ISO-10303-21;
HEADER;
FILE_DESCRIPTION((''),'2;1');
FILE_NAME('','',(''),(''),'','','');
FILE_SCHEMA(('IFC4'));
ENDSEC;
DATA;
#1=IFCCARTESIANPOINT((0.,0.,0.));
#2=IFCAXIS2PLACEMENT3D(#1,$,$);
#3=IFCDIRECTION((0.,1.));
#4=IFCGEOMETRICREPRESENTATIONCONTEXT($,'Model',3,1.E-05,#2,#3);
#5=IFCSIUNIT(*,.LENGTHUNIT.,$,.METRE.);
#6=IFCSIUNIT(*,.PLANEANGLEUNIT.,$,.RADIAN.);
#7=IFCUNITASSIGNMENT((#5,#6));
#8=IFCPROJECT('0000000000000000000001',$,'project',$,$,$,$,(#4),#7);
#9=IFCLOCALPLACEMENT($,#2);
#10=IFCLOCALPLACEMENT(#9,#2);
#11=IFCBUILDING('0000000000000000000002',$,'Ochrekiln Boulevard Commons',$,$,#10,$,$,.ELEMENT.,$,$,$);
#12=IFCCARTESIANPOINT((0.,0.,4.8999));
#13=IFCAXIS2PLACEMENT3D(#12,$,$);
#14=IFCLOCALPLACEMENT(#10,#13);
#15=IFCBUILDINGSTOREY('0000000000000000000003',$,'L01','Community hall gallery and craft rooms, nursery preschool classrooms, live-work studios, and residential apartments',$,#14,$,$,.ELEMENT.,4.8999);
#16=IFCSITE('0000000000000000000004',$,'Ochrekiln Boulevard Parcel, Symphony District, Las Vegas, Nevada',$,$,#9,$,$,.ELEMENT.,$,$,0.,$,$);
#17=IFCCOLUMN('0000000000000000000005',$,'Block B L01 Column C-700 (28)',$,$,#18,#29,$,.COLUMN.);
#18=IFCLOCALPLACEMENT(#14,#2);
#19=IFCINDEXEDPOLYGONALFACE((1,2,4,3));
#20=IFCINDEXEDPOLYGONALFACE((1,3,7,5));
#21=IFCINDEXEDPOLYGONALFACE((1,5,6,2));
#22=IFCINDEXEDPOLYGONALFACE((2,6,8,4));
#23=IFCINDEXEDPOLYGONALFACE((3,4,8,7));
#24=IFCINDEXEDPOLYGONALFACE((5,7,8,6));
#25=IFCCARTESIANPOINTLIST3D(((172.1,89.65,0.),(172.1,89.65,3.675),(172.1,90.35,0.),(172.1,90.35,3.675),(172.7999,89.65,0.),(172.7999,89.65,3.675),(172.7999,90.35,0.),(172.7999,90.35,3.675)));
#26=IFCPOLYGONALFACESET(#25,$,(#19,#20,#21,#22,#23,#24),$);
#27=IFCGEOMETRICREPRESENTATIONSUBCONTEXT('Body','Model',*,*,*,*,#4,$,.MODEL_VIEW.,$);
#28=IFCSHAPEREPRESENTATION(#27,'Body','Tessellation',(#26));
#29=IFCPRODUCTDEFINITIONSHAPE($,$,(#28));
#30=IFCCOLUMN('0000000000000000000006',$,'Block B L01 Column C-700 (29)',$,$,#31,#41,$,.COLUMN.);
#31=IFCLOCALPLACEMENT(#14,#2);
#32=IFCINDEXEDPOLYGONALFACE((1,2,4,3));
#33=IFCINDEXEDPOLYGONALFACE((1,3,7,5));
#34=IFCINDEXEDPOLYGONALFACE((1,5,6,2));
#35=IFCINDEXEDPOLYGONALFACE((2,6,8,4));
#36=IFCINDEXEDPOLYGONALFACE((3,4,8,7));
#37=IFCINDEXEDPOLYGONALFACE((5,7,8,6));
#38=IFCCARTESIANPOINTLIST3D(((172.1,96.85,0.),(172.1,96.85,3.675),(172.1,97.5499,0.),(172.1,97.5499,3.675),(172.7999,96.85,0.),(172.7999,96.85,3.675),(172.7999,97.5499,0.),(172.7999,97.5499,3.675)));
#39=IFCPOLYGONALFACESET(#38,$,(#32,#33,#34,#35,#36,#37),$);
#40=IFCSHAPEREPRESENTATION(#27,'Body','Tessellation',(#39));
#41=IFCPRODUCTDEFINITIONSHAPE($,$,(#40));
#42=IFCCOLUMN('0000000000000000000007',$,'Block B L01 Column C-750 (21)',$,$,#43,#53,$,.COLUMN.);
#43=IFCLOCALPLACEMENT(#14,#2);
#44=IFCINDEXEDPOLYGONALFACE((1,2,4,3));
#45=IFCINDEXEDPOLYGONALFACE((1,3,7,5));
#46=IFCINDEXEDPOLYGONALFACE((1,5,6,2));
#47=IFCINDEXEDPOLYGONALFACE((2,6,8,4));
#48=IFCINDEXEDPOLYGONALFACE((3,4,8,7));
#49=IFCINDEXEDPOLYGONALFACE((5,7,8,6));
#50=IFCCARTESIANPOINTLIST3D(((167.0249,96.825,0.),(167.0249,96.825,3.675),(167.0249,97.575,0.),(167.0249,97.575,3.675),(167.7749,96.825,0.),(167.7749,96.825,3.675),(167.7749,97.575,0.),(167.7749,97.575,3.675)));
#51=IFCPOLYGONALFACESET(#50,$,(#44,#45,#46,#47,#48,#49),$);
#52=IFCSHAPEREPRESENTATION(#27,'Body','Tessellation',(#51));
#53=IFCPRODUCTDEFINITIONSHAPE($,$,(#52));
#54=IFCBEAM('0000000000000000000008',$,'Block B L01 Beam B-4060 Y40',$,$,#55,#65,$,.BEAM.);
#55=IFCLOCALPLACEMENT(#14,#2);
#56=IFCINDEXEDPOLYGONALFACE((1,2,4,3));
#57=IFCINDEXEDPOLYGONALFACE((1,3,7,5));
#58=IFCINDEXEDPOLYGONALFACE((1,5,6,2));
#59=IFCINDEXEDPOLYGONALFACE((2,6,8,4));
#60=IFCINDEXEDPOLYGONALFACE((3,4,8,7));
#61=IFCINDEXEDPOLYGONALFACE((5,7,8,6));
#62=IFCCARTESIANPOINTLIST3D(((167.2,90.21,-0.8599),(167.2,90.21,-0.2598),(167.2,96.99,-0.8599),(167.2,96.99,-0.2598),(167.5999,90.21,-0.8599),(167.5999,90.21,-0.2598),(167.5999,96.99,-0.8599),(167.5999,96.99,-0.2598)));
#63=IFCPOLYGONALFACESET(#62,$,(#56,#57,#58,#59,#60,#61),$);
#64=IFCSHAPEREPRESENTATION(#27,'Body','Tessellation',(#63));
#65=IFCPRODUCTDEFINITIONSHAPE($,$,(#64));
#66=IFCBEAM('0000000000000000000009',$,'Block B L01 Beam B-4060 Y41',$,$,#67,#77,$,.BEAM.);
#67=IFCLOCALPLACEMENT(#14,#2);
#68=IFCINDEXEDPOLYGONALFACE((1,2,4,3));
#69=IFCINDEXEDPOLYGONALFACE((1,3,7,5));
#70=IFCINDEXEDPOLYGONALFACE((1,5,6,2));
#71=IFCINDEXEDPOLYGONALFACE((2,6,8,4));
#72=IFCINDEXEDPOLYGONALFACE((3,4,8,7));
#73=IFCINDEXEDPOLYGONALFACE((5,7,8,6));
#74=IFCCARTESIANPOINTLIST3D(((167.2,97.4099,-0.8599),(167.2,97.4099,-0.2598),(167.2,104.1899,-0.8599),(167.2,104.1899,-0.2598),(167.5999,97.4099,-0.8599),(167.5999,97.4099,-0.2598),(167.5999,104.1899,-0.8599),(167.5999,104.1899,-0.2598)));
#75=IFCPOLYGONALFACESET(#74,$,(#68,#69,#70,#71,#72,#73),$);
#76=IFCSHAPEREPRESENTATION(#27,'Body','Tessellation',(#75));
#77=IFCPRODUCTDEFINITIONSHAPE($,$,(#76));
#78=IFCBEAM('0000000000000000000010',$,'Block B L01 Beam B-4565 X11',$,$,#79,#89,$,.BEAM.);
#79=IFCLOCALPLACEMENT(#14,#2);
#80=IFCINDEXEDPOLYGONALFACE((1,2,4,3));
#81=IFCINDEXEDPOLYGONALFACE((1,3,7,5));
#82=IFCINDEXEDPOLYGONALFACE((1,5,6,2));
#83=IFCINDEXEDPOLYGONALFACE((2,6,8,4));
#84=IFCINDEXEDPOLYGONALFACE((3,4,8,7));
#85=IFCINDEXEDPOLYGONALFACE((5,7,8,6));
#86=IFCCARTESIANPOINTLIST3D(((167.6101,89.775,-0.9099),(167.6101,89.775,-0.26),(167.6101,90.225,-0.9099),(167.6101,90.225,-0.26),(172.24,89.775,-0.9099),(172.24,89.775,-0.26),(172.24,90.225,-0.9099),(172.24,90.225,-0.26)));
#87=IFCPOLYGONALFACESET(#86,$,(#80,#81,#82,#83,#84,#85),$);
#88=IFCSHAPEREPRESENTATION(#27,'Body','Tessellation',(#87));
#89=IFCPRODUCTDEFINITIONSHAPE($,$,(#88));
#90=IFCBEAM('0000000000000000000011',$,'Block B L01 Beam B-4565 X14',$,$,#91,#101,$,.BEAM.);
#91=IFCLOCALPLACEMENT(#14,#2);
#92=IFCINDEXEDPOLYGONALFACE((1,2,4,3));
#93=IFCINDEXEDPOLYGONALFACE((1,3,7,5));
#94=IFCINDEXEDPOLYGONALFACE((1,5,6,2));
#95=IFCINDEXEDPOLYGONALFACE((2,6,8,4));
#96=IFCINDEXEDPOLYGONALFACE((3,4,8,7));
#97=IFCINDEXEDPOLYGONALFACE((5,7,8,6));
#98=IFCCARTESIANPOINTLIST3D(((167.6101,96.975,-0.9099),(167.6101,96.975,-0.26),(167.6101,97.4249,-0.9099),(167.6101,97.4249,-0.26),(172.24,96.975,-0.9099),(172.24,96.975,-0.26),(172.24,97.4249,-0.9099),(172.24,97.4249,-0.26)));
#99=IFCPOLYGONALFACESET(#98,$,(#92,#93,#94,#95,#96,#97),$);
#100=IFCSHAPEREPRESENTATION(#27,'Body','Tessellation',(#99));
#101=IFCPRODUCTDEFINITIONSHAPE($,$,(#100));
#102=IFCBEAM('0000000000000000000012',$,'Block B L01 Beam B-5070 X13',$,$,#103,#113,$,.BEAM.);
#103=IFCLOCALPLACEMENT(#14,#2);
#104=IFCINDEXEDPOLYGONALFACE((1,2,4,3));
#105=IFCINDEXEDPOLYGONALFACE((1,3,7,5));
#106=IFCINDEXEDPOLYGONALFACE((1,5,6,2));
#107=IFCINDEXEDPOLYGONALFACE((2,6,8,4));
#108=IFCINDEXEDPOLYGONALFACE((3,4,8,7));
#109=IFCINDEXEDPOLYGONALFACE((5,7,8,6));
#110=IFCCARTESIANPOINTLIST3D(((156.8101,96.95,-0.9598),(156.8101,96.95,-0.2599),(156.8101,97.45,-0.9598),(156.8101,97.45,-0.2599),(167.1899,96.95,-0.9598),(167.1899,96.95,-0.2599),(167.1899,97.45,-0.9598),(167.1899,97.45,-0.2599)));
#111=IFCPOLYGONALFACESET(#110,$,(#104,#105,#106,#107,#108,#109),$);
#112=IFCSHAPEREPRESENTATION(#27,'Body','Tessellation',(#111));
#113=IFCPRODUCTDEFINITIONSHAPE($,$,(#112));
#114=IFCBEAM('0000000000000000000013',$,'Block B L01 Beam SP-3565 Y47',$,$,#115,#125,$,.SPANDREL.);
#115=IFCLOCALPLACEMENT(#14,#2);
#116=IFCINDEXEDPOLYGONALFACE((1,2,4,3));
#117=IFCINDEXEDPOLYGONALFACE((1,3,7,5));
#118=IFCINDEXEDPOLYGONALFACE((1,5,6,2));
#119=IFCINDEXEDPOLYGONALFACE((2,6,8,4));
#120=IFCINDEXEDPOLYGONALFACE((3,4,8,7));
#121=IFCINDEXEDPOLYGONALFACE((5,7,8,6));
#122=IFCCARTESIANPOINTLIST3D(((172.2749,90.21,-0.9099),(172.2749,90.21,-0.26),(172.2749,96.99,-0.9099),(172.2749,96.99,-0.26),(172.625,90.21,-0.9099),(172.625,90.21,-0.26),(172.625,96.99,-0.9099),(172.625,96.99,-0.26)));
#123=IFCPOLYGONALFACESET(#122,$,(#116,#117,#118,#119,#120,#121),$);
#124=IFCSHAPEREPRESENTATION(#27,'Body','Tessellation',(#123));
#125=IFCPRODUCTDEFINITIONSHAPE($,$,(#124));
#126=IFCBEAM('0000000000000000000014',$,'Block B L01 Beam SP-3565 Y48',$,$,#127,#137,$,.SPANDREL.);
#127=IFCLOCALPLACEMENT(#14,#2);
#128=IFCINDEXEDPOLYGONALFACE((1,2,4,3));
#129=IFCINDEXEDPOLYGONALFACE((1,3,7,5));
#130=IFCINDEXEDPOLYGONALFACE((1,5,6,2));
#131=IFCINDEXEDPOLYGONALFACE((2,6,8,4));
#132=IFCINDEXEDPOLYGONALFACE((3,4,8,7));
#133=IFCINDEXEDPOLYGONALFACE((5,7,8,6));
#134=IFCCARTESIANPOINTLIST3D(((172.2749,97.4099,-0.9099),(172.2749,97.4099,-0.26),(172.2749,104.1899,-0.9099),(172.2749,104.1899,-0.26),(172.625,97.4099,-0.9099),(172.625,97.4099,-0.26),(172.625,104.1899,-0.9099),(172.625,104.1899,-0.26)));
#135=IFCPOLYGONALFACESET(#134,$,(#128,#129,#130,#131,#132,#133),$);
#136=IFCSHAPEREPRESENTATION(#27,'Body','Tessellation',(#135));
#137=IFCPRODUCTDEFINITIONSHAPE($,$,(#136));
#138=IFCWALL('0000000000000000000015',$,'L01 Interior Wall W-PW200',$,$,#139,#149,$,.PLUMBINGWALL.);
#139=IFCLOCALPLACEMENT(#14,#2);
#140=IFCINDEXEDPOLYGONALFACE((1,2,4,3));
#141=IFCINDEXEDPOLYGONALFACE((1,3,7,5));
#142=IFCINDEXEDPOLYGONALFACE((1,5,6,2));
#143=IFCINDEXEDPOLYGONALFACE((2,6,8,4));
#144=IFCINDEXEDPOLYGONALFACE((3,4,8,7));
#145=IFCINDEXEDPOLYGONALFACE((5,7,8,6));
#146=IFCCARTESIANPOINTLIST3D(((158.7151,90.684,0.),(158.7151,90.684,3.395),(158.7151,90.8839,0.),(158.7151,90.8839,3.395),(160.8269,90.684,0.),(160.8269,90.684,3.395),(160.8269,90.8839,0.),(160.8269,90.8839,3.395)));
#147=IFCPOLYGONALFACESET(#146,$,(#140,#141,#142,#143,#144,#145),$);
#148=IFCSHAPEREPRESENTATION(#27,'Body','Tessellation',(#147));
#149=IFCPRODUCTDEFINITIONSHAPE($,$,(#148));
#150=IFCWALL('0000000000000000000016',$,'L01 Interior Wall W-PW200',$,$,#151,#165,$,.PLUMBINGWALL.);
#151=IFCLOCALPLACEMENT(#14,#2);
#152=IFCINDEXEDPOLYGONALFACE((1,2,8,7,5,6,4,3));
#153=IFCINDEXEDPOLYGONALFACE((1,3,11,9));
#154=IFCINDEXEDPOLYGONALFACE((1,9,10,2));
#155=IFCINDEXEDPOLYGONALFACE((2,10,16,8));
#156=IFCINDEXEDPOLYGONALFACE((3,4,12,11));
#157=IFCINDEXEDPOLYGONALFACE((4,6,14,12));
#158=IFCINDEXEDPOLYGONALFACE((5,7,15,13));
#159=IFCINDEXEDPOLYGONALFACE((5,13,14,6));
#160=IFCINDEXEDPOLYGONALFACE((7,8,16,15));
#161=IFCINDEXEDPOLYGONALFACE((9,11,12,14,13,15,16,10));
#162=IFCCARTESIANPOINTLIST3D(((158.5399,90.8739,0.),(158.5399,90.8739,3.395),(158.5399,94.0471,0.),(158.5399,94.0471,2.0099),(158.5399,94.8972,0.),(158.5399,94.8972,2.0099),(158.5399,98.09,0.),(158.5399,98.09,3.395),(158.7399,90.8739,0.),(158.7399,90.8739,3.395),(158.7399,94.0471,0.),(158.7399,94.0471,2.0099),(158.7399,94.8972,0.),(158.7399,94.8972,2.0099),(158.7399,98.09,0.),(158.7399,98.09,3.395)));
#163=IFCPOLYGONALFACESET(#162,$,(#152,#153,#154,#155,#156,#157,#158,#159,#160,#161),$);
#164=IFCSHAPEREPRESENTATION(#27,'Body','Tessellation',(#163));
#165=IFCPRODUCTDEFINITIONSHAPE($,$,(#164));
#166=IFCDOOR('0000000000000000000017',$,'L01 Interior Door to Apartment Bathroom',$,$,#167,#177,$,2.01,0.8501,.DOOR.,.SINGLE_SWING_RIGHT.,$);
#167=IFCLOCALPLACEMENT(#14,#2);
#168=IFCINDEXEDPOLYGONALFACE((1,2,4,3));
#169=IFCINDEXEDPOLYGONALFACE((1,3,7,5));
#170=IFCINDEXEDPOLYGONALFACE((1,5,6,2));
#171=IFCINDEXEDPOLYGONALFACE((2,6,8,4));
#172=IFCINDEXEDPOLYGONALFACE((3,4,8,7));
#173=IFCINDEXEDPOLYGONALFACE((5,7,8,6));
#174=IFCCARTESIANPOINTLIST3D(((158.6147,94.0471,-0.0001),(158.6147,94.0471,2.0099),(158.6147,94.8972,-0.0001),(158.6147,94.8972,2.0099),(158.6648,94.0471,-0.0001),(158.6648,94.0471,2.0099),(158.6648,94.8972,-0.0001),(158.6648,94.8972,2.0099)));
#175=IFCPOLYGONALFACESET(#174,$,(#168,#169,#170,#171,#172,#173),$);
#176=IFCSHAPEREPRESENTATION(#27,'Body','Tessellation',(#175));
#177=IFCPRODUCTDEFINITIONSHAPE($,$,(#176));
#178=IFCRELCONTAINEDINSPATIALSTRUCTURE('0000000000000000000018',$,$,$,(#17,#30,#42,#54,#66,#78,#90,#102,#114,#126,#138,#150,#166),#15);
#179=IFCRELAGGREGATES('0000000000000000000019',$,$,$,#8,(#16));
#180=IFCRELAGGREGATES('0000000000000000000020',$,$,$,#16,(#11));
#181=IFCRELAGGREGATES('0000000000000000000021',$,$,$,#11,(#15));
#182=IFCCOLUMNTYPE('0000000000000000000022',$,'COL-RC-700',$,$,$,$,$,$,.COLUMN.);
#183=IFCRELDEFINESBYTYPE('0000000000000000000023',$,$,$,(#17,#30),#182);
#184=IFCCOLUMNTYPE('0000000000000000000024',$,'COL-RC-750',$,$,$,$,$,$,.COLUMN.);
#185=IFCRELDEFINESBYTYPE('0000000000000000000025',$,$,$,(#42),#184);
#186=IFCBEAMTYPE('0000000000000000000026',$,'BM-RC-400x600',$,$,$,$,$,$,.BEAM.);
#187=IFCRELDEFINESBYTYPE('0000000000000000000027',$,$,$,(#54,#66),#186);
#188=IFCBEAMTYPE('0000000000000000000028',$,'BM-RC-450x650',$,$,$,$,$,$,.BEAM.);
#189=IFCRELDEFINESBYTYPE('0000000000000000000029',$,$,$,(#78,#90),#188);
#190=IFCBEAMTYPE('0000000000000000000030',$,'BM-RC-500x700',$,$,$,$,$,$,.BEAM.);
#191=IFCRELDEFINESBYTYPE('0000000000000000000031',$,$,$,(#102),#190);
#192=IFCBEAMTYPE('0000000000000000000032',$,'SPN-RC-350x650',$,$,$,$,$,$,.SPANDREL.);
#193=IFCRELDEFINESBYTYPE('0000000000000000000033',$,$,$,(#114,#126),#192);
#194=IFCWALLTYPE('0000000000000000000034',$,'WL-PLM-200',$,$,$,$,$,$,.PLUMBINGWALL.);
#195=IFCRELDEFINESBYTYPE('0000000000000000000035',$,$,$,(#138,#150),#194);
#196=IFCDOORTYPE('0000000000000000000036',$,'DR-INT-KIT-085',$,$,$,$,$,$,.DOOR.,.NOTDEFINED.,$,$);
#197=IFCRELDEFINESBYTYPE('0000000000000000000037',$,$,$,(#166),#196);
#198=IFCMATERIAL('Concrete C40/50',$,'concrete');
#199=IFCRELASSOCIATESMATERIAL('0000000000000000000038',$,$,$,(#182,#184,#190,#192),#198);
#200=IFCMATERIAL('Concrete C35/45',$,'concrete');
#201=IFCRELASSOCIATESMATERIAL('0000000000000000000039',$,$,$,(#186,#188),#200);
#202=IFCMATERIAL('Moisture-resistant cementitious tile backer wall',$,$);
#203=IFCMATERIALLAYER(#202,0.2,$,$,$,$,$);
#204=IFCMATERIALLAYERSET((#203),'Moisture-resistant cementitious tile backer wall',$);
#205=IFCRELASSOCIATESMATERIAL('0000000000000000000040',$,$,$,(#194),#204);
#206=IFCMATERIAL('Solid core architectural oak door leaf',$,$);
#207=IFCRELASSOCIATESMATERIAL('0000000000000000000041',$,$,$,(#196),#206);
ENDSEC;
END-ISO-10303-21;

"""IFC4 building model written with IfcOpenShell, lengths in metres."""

from ifc_helpers import new_model, si_unit, direction, frame, frame_2d, origin, origin_2d, place, context, subcontext, project, spatial, rectangle, extrude, material, layer, layer_set, material_profile, profile_set, type_object, element, fill, save


model = new_model("IFC4")

# Units and contexts
model_context = context("Model", 3, precision=1e-05, world=origin(), true_north=direction((0.0, 1.0)))
body_context = subcontext(model_context, "Body", "Model", "MODEL_VIEW")
ifc_project = project(units=[si_unit("LENGTHUNIT", "METRE"), si_unit("PLANEANGLEUNIT", "RADIAN")], contexts=[model_context])

# Site, building, storey
site_placement = place(None, origin())
site = spatial("IfcSite", under=ifc_project, at=site_placement, Name="Ochrekiln Boulevard Parcel, Symphony District, Las Vegas, Nevada", CompositionType="ELEMENT", RefElevation=0.0)
building_placement = place(site_placement, origin())
building = spatial("IfcBuilding", under=site, at=building_placement, Name="Ochrekiln Boulevard Commons", CompositionType="ELEMENT")
storey_placement = place(building_placement, frame((0.0, 0.0, 4.8999)))
storey = spatial("IfcBuildingStorey", under=building, at=storey_placement, Name="L01", Description="Community hall gallery and craft rooms, nursery preschool classrooms, live-work studios, and residential apartments", CompositionType="ELEMENT", Elevation=4.8999)

# Columns
ifc_material_1 = material(Name="Concrete C40/50", Category="concrete")
ifc_material_profile_1 = material_profile(ifc_material_1, rectangle(XDim=0.7, YDim=0.7, at=origin_2d()), Name="RC-COL-700x700")
ifc_profile_set_1 = profile_set([ifc_material_profile_1], Name="Concrete C40/50")
column_type_1 = type_object("IfcColumnType", Name="COL-RC-700", PredefinedType="COLUMN", material=ifc_profile_set_1)
for number, where, z_axis, x_axis, name in (
    (1, (172.45, 90.0, 0.0), (0.0, 0.0, 1.0), (1.0, 0.0, 0.0), "Block B L01 Column C-700 (28)"),
    (2, (172.45, 97.2, 0.0), (0.0, 0.0, 1.0), (1.0, 0.0, 0.0), "Block B L01 Column C-700 (29)"),
):
    element("IfcColumn", number, at=place(storey_placement, frame(where, z_axis=z_axis, x_axis=x_axis)), inside=storey, type_object=column_type_1, Name=name, PredefinedType="COLUMN", context=body_context, shape_type="SweptSolid", body=[
        extrude(rectangle(XDim=0.7, YDim=0.7, at=origin_2d()), origin(), (0.0, 0.0, 1.0), 3.675),
    ])
ifc_material_profile_2 = material_profile(ifc_material_1, rectangle(XDim=0.75, YDim=0.75, at=origin_2d()), Name="RC-COL-750x750")
ifc_profile_set_2 = profile_set([ifc_material_profile_2], Name="Concrete C40/50")
column_type_2 = type_object("IfcColumnType", Name="COL-RC-750", PredefinedType="COLUMN", material=ifc_profile_set_2)
column_placement = place(storey_placement, frame((167.3999, 97.2, 0.0), z_axis=(0.0, 0.0, 1.0), x_axis=(1.0, 0.0, 0.0)))
element("IfcColumn", 3, at=column_placement, inside=storey, type_object=column_type_2, Name="Block B L01 Column C-750 (21)", PredefinedType="COLUMN", context=body_context, shape_type="SweptSolid", body=[
    extrude(rectangle(XDim=0.75, YDim=0.75, at=origin_2d()), origin(), (0.0, 0.0, 1.0), 3.675),
])

# Beams
ifc_material_2 = material(Name="Concrete C35/45", Category="concrete")
ifc_material_profile_3 = material_profile(ifc_material_2, rectangle(XDim=0.3999, YDim=0.6001, at=origin_2d()), Name="RC-BM-400x600")
ifc_profile_set_3 = profile_set([ifc_material_profile_3], Name="Concrete C35/45")
beam_type_1 = type_object("IfcBeamType", Name="BM-RC-400x600", PredefinedType="BEAM", material=ifc_profile_set_3)
for number, where, z_axis, x_axis, name in (
    (4, (167.3999, 90.21, -0.5598), (0.0, 1.0, 0.0), (-1.0, 0.0, 0.0), "Block B L01 Beam B-4060 Y40"),
    (5, (167.3999, 97.4099, -0.5598), (0.0, 1.0, 0.0), (-1.0, 0.0, 0.0), "Block B L01 Beam B-4060 Y41"),
):
    element("IfcBeam", number, at=place(storey_placement, frame(where, z_axis=z_axis, x_axis=x_axis)), inside=storey, type_object=beam_type_1, Name=name, PredefinedType="BEAM", context=body_context, shape_type="SweptSolid", body=[
        extrude(rectangle(XDim=0.3999, YDim=0.6001, at=origin_2d()), origin(), (0.0, 0.0, 1.0), 6.78),
    ])
ifc_material_profile_4 = material_profile(ifc_material_2, rectangle(XDim=0.45, YDim=0.6499, at=origin_2d()), Name="RC-BM-450x650")
ifc_profile_set_4 = profile_set([ifc_material_profile_4], Name="Concrete C35/45")
beam_type_2 = type_object("IfcBeamType", Name="BM-RC-450x650", PredefinedType="BEAM", material=ifc_profile_set_4)
for number, where, z_axis, x_axis, name in (
    (6, (167.6101, 90.0, -0.585), (1.0, 0.0, 0.0), (0.0, 1.0, 0.0), "Block B L01 Beam B-4565 X11"),
    (7, (167.6101, 97.2, -0.585), (1.0, 0.0, 0.0), (0.0, 1.0, 0.0), "Block B L01 Beam B-4565 X14"),
):
    element("IfcBeam", number, at=place(storey_placement, frame(where, z_axis=z_axis, x_axis=x_axis)), inside=storey, type_object=beam_type_2, Name=name, PredefinedType="BEAM", context=body_context, shape_type="SweptSolid", body=[
        extrude(rectangle(XDim=0.45, YDim=0.6499, at=origin_2d()), origin(), (0.0, 0.0, 1.0), 4.6299),
    ])
ifc_material_profile_5 = material_profile(ifc_material_1, rectangle(XDim=0.5, YDim=0.7, at=origin_2d()), Name="RC-BM-500x700")
ifc_profile_set_5 = profile_set([ifc_material_profile_5], Name="Concrete C40/50")
beam_type_3 = type_object("IfcBeamType", Name="BM-RC-500x700", PredefinedType="BEAM", material=ifc_profile_set_5)
beam_placement = place(storey_placement, frame((156.8101, 97.2, -0.6099), z_axis=(1.0, 0.0, 0.0), x_axis=(0.0, 1.0, 0.0)))
element("IfcBeam", 8, at=beam_placement, inside=storey, type_object=beam_type_3, Name="Block B L01 Beam B-5070 X13", PredefinedType="BEAM", context=body_context, shape_type="SweptSolid", body=[
    extrude(rectangle(XDim=0.5, YDim=0.7, at=origin_2d()), origin(), (0.0, 0.0, 1.0), 10.3799),
])
ifc_material_profile_6 = material_profile(ifc_material_1, rectangle(XDim=0.3501, YDim=0.6499, at=origin_2d()), Name="RC-SPN-350x650")
ifc_profile_set_6 = profile_set([ifc_material_profile_6], Name="Concrete C40/50")
beam_type_4 = type_object("IfcBeamType", Name="SPN-RC-350x650", PredefinedType="SPANDREL", material=ifc_profile_set_6)
for number, where, z_axis, x_axis, name in (
    (9, (172.45, 90.21, -0.585), (0.0, 1.0, 0.0), (-1.0, 0.0, 0.0), "Block B L01 Beam SP-3565 Y47"),
    (10, (172.45, 97.4099, -0.585), (0.0, 1.0, 0.0), (-1.0, 0.0, 0.0), "Block B L01 Beam SP-3565 Y48"),
):
    element("IfcBeam", number, at=place(storey_placement, frame(where, z_axis=z_axis, x_axis=x_axis)), inside=storey, type_object=beam_type_4, Name=name, PredefinedType="SPANDREL", context=body_context, shape_type="SweptSolid", body=[
        extrude(rectangle(XDim=0.3501, YDim=0.6499, at=origin_2d()), origin(), (0.0, 0.0, 1.0), 6.78),
    ])

# Wall
ifc_material_3 = material(Name="Moisture-resistant cementitious tile backer wall")
ifc_layer_1 = layer(ifc_material_3, 0.2)
ifc_layer_set_1 = layer_set([ifc_layer_1], Name="Moisture-resistant cementitious tile backer wall")
wall_type_1 = type_object("IfcWallType", Name="WL-PLM-200", PredefinedType="PLUMBINGWALL", material=ifc_layer_set_1)
wall_1_placement = place(storey_placement, frame((158.7151, 90.7839, 0.0), z_axis=(0.0, 0.0, 1.0), x_axis=(1.0, 0.0, 0.0)))
element("IfcWall", 11, at=wall_1_placement, inside=storey, type_object=wall_type_1, Name="L01 Interior Wall W-PW200", PredefinedType="PLUMBINGWALL", context=body_context, shape_type="SweptSolid", body=[
    extrude(rectangle(XDim=2.1118, YDim=0.2, at=frame_2d((1.0559, 0.0))), origin(), (0.0, 0.0, 1.0), 3.395),
])

# Wall, opening, door
wall_2_placement = place(storey_placement, frame((158.6399, 90.874, 0.0), z_axis=(0.0, 0.0, 1.0), x_axis=(0.0, 1.0, 0.0)))
wall_2 = element("IfcWall", 12, at=wall_2_placement, inside=storey, type_object=wall_type_1, Name="L01 Interior Wall W-PW200", PredefinedType="PLUMBINGWALL", context=body_context, shape_type="SweptSolid", body=[
    extrude(rectangle(XDim=7.2161, YDim=0.2, at=frame_2d((3.6079, 0.0))), origin(), (0.0, 0.0, 1.0), 3.395),
])
opening_1_placement = place(wall_2_placement, frame((3.1731, 0.0, 0.0)))
opening_1 = element("IfcOpeningElement", 13, at=opening_1_placement, cuts=wall_2, PredefinedType="OPENING", context=body_context, shape_type="SweptSolid", body=[
    extrude(rectangle(XDim=0.8501, YDim=2.01, at=frame_2d((0.425, 1.0049))), frame((0.0, 0.1099, 0.0), z_axis=(0.0, -1.0, 0.0), x_axis=(1.0, 0.0, 0.0)), (0.0, 0.0, 1.0), 0.22),
])
ifc_material_4 = material(Name="Solid core architectural oak door leaf")
door_type = type_object("IfcDoorType", Name="DR-INT-KIT-085", OperationType="NOTDEFINED", PredefinedType="DOOR", material=ifc_material_4)
door_1_placement = place(opening_1_placement, frame((0.8501, 0.0, 0.0), z_axis=(0.0, 0.0, 1.0), x_axis=(-1.0, 0.0, 0.0)))
door_1 = element("IfcDoor", 14, at=door_1_placement, inside=storey, type_object=door_type, Name="L01 Interior Door to Apartment Bathroom", OperationType="SINGLE_SWING_RIGHT", OverallHeight=2.01, OverallWidth=0.8501, PredefinedType="DOOR", context=body_context, shape_type="SweptSolid", body=[
    extrude(rectangle(XDim=0.8501, YDim=2.01, at=frame_2d((0.425, 1.0049))), frame((0.0, 0.0249, 0.0), z_axis=(0.0, -1.0, 0.0), x_axis=(1.0, 0.0, 0.0)), (0.0, 0.0, 1.0), 0.05),
])
fill(opening_1, door_1)

save(model, "model.ifc")
